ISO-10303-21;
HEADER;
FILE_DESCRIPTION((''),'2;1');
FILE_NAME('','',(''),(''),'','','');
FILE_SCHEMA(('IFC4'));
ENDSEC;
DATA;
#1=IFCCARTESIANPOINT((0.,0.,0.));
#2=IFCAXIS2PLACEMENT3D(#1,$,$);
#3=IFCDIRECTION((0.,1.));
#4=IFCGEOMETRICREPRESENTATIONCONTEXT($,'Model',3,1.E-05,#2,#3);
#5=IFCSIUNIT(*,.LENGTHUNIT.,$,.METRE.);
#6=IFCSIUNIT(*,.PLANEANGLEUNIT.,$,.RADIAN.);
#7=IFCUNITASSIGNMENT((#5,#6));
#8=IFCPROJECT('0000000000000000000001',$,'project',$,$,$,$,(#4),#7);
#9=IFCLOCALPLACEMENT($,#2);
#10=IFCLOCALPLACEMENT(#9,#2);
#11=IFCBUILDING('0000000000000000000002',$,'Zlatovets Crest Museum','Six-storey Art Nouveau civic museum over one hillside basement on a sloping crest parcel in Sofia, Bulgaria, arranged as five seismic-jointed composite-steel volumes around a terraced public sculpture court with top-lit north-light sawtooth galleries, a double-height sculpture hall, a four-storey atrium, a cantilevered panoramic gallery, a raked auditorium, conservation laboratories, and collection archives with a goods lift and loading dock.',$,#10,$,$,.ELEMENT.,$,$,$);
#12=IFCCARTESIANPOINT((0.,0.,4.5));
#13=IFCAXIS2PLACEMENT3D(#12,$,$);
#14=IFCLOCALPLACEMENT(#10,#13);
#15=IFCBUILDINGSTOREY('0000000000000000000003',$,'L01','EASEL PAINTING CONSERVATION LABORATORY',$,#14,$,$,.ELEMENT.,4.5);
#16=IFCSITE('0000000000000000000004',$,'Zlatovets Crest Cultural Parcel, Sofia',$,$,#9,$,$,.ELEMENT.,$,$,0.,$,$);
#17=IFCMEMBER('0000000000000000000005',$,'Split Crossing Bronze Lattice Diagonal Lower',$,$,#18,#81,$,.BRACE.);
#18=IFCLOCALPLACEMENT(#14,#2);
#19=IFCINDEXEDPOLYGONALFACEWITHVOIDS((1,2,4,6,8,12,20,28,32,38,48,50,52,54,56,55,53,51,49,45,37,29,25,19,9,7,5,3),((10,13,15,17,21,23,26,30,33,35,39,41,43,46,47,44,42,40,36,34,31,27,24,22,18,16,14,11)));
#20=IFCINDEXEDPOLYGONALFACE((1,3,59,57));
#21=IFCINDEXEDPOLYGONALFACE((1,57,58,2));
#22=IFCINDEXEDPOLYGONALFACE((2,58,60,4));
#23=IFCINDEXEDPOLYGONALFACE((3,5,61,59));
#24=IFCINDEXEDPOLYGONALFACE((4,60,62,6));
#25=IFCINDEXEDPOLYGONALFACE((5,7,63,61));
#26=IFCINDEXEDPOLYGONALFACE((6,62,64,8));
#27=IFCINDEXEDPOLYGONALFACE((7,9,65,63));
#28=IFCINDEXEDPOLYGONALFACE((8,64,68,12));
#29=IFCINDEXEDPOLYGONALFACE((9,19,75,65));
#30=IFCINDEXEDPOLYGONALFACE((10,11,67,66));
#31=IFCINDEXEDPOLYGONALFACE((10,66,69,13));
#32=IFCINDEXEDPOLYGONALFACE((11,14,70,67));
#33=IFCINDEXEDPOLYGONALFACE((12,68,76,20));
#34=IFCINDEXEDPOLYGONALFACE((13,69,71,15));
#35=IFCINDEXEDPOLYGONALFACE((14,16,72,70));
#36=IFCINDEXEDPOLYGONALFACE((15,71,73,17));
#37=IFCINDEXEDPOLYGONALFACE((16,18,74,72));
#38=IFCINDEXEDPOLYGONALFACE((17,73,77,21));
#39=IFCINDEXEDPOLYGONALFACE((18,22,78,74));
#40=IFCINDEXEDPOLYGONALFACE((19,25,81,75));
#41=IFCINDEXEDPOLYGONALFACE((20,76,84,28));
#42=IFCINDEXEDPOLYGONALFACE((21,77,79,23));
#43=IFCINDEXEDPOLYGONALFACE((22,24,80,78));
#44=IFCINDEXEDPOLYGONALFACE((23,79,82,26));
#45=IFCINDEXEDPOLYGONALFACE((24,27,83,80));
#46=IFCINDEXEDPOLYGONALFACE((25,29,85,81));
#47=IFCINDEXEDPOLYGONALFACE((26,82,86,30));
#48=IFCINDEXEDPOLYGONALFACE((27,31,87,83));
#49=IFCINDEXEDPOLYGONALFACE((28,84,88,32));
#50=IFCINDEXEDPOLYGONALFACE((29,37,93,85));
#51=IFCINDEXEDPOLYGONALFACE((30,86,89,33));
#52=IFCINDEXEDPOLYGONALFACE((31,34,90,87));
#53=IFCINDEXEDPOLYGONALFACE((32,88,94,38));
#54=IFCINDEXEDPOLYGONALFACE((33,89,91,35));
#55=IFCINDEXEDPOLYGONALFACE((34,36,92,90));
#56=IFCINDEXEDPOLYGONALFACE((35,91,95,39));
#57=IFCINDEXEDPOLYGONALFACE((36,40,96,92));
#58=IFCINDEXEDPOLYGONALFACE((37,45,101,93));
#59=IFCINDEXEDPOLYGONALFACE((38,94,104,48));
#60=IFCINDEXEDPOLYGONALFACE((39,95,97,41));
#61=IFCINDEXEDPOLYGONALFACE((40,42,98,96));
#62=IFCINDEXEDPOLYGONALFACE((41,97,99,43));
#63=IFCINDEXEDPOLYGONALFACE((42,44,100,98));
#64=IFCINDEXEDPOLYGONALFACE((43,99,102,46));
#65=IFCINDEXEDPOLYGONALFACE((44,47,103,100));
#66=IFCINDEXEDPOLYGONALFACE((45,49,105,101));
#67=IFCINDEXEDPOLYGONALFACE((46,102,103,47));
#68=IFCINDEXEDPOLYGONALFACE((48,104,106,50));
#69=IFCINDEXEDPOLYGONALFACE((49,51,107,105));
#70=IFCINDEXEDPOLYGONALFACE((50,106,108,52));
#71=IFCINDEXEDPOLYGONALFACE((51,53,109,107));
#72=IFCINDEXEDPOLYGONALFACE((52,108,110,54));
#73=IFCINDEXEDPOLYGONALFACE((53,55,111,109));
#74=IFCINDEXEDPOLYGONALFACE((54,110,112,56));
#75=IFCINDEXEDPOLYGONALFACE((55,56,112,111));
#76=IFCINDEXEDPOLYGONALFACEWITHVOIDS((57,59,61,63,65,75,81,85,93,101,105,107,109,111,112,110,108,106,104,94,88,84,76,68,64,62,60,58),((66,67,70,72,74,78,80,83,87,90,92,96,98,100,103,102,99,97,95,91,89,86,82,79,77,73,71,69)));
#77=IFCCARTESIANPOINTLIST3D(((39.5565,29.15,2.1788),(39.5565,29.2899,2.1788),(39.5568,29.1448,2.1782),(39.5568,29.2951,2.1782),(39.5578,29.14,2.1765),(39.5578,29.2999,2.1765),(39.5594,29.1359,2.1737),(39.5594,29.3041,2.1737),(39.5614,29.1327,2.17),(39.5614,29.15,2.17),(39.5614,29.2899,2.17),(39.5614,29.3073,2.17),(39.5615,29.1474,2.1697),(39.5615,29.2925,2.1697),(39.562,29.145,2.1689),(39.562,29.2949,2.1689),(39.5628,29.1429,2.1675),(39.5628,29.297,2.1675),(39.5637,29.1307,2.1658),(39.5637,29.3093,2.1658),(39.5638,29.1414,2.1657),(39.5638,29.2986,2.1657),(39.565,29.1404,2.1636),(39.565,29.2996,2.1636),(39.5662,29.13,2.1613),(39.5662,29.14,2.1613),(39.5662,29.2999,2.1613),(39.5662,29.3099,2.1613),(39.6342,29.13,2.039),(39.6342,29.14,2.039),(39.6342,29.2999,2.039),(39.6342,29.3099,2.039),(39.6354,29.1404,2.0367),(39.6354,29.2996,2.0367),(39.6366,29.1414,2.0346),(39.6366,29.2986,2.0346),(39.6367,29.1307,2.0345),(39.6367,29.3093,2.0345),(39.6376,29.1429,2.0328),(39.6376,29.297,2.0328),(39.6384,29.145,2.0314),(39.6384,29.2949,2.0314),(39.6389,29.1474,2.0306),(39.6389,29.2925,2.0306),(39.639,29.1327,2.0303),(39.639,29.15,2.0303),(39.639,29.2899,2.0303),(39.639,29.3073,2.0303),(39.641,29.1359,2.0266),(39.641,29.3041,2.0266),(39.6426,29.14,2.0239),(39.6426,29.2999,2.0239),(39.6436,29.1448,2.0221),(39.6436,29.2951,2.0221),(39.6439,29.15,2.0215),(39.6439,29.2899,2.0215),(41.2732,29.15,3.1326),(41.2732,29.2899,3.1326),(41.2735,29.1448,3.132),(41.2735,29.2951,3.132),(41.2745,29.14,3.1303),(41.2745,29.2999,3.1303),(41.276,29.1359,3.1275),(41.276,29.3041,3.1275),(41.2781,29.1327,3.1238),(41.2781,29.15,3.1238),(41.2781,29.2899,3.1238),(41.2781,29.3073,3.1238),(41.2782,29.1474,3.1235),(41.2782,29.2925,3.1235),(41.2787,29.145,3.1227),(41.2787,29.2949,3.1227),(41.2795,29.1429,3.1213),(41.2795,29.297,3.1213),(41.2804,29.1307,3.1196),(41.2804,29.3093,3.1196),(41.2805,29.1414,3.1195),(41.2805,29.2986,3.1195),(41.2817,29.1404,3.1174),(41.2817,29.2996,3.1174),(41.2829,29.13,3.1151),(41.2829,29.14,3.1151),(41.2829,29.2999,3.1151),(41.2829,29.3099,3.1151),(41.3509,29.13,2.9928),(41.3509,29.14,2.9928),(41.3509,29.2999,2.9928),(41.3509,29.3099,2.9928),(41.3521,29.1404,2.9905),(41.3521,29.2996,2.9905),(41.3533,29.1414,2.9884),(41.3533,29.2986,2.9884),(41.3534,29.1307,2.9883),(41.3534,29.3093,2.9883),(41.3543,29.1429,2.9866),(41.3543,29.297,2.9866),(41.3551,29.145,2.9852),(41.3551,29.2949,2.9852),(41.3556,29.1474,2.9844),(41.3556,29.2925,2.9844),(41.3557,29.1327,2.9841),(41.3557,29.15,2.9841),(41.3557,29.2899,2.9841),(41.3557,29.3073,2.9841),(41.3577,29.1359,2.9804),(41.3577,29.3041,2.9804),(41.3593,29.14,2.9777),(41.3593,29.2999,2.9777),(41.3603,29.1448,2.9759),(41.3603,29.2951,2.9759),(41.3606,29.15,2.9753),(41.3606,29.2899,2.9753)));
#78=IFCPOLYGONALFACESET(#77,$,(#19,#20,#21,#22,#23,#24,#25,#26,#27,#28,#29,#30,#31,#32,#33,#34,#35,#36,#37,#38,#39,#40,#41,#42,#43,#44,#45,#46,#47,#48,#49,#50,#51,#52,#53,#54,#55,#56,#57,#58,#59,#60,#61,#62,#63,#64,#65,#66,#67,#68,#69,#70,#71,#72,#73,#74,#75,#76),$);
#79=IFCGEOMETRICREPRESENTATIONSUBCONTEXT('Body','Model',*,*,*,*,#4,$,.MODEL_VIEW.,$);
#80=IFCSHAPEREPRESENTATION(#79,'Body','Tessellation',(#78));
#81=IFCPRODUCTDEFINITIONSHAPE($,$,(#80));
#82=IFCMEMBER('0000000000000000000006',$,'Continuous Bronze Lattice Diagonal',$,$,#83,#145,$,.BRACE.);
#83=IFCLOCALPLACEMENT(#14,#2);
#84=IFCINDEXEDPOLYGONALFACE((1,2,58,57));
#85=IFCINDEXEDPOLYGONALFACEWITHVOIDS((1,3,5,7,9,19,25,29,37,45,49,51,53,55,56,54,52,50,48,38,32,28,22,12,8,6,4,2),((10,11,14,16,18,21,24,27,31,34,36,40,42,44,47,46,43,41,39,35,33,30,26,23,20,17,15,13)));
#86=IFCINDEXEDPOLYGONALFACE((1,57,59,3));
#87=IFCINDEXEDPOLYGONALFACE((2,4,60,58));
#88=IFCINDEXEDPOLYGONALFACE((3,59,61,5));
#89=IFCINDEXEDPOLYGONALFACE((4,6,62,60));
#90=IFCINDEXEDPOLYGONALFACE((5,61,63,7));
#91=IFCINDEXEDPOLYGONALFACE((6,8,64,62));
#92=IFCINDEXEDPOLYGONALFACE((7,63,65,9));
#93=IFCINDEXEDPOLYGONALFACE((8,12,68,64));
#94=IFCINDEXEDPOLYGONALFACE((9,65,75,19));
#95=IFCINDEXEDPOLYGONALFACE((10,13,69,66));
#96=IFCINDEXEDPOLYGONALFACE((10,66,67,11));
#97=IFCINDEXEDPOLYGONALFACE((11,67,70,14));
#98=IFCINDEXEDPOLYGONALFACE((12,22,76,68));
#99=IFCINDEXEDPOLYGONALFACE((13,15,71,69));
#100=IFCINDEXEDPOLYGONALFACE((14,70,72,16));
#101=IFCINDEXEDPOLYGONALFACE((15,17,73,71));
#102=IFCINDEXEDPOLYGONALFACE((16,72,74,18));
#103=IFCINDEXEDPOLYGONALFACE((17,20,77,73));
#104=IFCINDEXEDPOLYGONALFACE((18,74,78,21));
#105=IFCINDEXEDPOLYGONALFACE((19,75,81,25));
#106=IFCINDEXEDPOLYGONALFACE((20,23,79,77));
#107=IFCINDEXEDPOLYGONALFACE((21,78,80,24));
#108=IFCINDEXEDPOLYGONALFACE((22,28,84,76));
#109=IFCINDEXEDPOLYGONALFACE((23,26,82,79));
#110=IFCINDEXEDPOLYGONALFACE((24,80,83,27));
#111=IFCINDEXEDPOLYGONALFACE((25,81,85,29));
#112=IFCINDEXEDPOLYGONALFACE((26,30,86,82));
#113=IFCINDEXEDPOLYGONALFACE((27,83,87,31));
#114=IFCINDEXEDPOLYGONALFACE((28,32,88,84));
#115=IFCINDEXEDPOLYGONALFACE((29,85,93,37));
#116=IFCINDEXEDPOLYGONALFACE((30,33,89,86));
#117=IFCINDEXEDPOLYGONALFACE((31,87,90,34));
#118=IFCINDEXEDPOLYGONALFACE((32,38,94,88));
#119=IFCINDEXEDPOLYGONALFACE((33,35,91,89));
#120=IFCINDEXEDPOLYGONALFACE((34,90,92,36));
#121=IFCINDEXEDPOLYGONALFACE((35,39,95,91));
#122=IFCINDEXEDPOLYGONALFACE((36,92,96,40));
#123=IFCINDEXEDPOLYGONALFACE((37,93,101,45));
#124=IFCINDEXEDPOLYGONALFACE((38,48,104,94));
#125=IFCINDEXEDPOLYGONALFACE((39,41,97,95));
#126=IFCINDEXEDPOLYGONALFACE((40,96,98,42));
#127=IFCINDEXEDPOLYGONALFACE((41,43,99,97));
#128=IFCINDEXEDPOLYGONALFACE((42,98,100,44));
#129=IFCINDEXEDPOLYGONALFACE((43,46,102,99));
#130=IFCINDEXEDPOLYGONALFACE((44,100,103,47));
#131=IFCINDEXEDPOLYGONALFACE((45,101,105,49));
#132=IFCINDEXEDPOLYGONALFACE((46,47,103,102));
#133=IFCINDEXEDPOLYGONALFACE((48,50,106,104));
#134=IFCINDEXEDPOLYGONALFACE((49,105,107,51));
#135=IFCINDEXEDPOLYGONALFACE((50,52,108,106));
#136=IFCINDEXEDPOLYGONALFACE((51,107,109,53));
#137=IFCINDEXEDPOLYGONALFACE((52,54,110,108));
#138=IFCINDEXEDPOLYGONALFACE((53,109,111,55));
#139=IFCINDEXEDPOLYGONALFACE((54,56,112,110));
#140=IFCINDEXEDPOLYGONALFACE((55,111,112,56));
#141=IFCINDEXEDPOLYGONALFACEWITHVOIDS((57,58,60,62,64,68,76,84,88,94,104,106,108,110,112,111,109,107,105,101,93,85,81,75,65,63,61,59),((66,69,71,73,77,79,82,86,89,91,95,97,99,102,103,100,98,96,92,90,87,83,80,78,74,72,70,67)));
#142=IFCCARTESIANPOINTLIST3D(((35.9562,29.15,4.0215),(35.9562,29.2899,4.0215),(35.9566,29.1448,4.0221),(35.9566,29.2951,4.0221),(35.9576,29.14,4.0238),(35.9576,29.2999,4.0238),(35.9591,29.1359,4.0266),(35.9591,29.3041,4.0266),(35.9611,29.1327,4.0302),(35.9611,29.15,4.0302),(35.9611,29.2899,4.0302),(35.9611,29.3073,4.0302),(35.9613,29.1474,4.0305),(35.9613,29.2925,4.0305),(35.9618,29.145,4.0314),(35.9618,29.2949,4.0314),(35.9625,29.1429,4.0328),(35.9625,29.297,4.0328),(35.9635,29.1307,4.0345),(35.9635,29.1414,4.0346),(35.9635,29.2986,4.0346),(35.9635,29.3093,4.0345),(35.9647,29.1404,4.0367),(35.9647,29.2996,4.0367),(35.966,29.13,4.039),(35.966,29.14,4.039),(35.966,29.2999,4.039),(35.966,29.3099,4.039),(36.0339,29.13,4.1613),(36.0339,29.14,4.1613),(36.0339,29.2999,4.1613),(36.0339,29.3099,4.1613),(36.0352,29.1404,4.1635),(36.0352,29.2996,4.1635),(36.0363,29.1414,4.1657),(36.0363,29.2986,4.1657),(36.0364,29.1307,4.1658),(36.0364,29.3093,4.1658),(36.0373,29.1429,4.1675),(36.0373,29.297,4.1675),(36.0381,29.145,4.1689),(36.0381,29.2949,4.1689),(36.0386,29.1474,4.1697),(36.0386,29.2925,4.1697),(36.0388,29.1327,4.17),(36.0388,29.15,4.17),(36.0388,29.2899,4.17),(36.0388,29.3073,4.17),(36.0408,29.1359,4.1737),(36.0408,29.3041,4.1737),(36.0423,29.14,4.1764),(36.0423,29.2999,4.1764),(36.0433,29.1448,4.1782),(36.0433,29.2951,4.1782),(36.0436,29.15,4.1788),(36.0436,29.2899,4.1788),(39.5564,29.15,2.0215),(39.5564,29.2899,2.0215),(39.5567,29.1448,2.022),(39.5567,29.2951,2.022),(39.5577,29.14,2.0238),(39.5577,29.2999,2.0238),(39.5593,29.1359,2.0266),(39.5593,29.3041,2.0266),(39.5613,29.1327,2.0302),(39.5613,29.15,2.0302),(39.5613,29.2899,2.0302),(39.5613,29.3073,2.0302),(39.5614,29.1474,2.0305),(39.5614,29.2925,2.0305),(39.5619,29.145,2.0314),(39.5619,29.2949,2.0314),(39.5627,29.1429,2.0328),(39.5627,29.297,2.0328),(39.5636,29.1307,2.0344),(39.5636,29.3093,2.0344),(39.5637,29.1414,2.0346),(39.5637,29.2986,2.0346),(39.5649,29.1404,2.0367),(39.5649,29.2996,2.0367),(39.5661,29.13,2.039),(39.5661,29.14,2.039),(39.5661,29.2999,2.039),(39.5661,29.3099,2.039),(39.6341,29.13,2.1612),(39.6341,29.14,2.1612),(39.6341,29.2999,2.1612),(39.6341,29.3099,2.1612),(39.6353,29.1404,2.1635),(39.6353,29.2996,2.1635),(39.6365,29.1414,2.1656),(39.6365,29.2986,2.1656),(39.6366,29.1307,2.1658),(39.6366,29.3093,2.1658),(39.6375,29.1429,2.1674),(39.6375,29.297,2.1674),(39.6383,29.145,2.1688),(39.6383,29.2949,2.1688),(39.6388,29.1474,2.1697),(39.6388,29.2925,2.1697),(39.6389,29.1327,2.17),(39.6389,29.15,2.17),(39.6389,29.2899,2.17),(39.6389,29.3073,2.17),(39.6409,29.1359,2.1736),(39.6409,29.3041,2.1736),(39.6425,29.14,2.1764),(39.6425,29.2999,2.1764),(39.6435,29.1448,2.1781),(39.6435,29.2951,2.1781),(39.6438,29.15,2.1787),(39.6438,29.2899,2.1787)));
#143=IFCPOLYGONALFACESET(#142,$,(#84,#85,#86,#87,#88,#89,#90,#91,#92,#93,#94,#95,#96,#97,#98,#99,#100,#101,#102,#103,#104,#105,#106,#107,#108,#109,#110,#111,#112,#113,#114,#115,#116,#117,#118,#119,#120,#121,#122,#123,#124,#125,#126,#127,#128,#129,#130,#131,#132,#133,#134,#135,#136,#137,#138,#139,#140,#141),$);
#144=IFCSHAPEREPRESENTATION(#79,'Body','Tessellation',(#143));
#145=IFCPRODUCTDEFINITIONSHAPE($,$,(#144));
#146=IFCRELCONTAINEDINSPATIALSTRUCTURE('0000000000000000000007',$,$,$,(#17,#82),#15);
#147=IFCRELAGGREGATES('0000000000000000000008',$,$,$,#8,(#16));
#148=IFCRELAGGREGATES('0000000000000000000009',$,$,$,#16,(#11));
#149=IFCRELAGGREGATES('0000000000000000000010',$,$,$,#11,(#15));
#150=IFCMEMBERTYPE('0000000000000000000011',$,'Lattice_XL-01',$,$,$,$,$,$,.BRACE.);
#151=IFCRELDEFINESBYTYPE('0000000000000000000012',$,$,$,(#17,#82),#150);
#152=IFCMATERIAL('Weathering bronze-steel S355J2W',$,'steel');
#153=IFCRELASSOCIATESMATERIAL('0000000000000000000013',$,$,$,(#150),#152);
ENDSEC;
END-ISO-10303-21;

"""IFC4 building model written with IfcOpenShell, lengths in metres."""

from ifc_helpers import new_model, si_unit, direction, frame, origin, origin_2d, place, context, subcontext, project, spatial, hollow_rectangle, extrude, material, material_profile, profile_set, type_object, element, save


model = new_model("IFC4")

# Units and contexts
model_context = context("Model", 3, precision=1e-05, world=origin(), true_north=direction((0.0, 1.0)))
body_context = subcontext(model_context, "Body", "Model", "MODEL_VIEW")
ifc_project = project(units=[si_unit("LENGTHUNIT", "METRE"), si_unit("PLANEANGLEUNIT", "RADIAN")], contexts=[model_context])

# Site, building, storey
site_placement = place(None, origin())
site = spatial("IfcSite", under=ifc_project, at=site_placement, Name="Zlatovets Crest Cultural Parcel, Sofia", CompositionType="ELEMENT", RefElevation=0.0)
building_placement = place(site_placement, origin())
building = spatial("IfcBuilding", under=site, at=building_placement, Name="Zlatovets Crest Museum", Description="Six-storey Art Nouveau civic museum over one hillside basement on a sloping crest parcel in Sofia, Bulgaria, arranged as five seismic-jointed composite-steel volumes around a terraced public sculpture court with top-lit north-light sawtooth galleries, a double-height sculpture hall, a four-storey atrium, a cantilevered panoramic gallery, a raked auditorium, conservation laboratories, and collection archives with a goods lift and loading dock.", CompositionType="ELEMENT")
storey_placement = place(building_placement, frame((0.0, 0.0, 4.5)))
storey = spatial("IfcBuildingStorey", under=building, at=storey_placement, Name="L01", Description="EASEL PAINTING CONSERVATION LABORATORY", CompositionType="ELEMENT", Elevation=4.5)

# Members
ifc_material_1 = material(Name="Weathering bronze-steel S355J2W", Category="steel")
ifc_material_profile_1 = material_profile(ifc_material_1, hollow_rectangle(XDim=0.1799, YDim=0.1799, WallThickness=0.01, InnerFilletRadius=0.01, OuterFilletRadius=0.02, at=origin_2d()), Name="SHS 180x180x10.0")
ifc_profile_set_1 = profile_set([ifc_material_profile_1], Name="Weathering bronze-steel S355J2W")
member_type_1 = type_object("IfcMemberType", Name="Lattice_XL-01", PredefinedType="BRACE", material=ifc_profile_set_1)
member_1_placement = place(storey_placement, frame((41.3169, 29.22, 3.054), z_axis=(-0.87414, 0.0, -0.485675), x_axis=(0.0, -1.0, 0.0)))
element("IfcMember", 1, at=member_1_placement, inside=storey, type_object=member_type_1, Name="Split Crossing Bronze Lattice Diagonal Lower", PredefinedType="BRACE", context=body_context, shape_type="SweptSolid", body=[
    extrude(hollow_rectangle(XDim=0.1799, YDim=0.1799, WallThickness=0.01, InnerFilletRadius=0.01, OuterFilletRadius=0.02, at=origin_2d()), origin(), (0.0, 0.0, 1.0), 1.9639),
])
member_2_placement = place(storey_placement, frame((39.6001, 29.22, 2.1001), z_axis=(-0.874163, 0.0, 0.485633), x_axis=(0.0, -1.0, 0.0)))
element("IfcMember", 2, at=member_2_placement, inside=storey, type_object=member_type_1, Name="Continuous Bronze Lattice Diagonal", PredefinedType="BRACE", context=body_context, shape_type="SweptSolid", body=[
    extrude(hollow_rectangle(XDim=0.1799, YDim=0.1799, WallThickness=0.01, InnerFilletRadius=0.01, OuterFilletRadius=0.02, at=origin_2d()), origin(), (0.0, 0.0, 1.0), 4.1184),
])

save(model, "model.ifc")
